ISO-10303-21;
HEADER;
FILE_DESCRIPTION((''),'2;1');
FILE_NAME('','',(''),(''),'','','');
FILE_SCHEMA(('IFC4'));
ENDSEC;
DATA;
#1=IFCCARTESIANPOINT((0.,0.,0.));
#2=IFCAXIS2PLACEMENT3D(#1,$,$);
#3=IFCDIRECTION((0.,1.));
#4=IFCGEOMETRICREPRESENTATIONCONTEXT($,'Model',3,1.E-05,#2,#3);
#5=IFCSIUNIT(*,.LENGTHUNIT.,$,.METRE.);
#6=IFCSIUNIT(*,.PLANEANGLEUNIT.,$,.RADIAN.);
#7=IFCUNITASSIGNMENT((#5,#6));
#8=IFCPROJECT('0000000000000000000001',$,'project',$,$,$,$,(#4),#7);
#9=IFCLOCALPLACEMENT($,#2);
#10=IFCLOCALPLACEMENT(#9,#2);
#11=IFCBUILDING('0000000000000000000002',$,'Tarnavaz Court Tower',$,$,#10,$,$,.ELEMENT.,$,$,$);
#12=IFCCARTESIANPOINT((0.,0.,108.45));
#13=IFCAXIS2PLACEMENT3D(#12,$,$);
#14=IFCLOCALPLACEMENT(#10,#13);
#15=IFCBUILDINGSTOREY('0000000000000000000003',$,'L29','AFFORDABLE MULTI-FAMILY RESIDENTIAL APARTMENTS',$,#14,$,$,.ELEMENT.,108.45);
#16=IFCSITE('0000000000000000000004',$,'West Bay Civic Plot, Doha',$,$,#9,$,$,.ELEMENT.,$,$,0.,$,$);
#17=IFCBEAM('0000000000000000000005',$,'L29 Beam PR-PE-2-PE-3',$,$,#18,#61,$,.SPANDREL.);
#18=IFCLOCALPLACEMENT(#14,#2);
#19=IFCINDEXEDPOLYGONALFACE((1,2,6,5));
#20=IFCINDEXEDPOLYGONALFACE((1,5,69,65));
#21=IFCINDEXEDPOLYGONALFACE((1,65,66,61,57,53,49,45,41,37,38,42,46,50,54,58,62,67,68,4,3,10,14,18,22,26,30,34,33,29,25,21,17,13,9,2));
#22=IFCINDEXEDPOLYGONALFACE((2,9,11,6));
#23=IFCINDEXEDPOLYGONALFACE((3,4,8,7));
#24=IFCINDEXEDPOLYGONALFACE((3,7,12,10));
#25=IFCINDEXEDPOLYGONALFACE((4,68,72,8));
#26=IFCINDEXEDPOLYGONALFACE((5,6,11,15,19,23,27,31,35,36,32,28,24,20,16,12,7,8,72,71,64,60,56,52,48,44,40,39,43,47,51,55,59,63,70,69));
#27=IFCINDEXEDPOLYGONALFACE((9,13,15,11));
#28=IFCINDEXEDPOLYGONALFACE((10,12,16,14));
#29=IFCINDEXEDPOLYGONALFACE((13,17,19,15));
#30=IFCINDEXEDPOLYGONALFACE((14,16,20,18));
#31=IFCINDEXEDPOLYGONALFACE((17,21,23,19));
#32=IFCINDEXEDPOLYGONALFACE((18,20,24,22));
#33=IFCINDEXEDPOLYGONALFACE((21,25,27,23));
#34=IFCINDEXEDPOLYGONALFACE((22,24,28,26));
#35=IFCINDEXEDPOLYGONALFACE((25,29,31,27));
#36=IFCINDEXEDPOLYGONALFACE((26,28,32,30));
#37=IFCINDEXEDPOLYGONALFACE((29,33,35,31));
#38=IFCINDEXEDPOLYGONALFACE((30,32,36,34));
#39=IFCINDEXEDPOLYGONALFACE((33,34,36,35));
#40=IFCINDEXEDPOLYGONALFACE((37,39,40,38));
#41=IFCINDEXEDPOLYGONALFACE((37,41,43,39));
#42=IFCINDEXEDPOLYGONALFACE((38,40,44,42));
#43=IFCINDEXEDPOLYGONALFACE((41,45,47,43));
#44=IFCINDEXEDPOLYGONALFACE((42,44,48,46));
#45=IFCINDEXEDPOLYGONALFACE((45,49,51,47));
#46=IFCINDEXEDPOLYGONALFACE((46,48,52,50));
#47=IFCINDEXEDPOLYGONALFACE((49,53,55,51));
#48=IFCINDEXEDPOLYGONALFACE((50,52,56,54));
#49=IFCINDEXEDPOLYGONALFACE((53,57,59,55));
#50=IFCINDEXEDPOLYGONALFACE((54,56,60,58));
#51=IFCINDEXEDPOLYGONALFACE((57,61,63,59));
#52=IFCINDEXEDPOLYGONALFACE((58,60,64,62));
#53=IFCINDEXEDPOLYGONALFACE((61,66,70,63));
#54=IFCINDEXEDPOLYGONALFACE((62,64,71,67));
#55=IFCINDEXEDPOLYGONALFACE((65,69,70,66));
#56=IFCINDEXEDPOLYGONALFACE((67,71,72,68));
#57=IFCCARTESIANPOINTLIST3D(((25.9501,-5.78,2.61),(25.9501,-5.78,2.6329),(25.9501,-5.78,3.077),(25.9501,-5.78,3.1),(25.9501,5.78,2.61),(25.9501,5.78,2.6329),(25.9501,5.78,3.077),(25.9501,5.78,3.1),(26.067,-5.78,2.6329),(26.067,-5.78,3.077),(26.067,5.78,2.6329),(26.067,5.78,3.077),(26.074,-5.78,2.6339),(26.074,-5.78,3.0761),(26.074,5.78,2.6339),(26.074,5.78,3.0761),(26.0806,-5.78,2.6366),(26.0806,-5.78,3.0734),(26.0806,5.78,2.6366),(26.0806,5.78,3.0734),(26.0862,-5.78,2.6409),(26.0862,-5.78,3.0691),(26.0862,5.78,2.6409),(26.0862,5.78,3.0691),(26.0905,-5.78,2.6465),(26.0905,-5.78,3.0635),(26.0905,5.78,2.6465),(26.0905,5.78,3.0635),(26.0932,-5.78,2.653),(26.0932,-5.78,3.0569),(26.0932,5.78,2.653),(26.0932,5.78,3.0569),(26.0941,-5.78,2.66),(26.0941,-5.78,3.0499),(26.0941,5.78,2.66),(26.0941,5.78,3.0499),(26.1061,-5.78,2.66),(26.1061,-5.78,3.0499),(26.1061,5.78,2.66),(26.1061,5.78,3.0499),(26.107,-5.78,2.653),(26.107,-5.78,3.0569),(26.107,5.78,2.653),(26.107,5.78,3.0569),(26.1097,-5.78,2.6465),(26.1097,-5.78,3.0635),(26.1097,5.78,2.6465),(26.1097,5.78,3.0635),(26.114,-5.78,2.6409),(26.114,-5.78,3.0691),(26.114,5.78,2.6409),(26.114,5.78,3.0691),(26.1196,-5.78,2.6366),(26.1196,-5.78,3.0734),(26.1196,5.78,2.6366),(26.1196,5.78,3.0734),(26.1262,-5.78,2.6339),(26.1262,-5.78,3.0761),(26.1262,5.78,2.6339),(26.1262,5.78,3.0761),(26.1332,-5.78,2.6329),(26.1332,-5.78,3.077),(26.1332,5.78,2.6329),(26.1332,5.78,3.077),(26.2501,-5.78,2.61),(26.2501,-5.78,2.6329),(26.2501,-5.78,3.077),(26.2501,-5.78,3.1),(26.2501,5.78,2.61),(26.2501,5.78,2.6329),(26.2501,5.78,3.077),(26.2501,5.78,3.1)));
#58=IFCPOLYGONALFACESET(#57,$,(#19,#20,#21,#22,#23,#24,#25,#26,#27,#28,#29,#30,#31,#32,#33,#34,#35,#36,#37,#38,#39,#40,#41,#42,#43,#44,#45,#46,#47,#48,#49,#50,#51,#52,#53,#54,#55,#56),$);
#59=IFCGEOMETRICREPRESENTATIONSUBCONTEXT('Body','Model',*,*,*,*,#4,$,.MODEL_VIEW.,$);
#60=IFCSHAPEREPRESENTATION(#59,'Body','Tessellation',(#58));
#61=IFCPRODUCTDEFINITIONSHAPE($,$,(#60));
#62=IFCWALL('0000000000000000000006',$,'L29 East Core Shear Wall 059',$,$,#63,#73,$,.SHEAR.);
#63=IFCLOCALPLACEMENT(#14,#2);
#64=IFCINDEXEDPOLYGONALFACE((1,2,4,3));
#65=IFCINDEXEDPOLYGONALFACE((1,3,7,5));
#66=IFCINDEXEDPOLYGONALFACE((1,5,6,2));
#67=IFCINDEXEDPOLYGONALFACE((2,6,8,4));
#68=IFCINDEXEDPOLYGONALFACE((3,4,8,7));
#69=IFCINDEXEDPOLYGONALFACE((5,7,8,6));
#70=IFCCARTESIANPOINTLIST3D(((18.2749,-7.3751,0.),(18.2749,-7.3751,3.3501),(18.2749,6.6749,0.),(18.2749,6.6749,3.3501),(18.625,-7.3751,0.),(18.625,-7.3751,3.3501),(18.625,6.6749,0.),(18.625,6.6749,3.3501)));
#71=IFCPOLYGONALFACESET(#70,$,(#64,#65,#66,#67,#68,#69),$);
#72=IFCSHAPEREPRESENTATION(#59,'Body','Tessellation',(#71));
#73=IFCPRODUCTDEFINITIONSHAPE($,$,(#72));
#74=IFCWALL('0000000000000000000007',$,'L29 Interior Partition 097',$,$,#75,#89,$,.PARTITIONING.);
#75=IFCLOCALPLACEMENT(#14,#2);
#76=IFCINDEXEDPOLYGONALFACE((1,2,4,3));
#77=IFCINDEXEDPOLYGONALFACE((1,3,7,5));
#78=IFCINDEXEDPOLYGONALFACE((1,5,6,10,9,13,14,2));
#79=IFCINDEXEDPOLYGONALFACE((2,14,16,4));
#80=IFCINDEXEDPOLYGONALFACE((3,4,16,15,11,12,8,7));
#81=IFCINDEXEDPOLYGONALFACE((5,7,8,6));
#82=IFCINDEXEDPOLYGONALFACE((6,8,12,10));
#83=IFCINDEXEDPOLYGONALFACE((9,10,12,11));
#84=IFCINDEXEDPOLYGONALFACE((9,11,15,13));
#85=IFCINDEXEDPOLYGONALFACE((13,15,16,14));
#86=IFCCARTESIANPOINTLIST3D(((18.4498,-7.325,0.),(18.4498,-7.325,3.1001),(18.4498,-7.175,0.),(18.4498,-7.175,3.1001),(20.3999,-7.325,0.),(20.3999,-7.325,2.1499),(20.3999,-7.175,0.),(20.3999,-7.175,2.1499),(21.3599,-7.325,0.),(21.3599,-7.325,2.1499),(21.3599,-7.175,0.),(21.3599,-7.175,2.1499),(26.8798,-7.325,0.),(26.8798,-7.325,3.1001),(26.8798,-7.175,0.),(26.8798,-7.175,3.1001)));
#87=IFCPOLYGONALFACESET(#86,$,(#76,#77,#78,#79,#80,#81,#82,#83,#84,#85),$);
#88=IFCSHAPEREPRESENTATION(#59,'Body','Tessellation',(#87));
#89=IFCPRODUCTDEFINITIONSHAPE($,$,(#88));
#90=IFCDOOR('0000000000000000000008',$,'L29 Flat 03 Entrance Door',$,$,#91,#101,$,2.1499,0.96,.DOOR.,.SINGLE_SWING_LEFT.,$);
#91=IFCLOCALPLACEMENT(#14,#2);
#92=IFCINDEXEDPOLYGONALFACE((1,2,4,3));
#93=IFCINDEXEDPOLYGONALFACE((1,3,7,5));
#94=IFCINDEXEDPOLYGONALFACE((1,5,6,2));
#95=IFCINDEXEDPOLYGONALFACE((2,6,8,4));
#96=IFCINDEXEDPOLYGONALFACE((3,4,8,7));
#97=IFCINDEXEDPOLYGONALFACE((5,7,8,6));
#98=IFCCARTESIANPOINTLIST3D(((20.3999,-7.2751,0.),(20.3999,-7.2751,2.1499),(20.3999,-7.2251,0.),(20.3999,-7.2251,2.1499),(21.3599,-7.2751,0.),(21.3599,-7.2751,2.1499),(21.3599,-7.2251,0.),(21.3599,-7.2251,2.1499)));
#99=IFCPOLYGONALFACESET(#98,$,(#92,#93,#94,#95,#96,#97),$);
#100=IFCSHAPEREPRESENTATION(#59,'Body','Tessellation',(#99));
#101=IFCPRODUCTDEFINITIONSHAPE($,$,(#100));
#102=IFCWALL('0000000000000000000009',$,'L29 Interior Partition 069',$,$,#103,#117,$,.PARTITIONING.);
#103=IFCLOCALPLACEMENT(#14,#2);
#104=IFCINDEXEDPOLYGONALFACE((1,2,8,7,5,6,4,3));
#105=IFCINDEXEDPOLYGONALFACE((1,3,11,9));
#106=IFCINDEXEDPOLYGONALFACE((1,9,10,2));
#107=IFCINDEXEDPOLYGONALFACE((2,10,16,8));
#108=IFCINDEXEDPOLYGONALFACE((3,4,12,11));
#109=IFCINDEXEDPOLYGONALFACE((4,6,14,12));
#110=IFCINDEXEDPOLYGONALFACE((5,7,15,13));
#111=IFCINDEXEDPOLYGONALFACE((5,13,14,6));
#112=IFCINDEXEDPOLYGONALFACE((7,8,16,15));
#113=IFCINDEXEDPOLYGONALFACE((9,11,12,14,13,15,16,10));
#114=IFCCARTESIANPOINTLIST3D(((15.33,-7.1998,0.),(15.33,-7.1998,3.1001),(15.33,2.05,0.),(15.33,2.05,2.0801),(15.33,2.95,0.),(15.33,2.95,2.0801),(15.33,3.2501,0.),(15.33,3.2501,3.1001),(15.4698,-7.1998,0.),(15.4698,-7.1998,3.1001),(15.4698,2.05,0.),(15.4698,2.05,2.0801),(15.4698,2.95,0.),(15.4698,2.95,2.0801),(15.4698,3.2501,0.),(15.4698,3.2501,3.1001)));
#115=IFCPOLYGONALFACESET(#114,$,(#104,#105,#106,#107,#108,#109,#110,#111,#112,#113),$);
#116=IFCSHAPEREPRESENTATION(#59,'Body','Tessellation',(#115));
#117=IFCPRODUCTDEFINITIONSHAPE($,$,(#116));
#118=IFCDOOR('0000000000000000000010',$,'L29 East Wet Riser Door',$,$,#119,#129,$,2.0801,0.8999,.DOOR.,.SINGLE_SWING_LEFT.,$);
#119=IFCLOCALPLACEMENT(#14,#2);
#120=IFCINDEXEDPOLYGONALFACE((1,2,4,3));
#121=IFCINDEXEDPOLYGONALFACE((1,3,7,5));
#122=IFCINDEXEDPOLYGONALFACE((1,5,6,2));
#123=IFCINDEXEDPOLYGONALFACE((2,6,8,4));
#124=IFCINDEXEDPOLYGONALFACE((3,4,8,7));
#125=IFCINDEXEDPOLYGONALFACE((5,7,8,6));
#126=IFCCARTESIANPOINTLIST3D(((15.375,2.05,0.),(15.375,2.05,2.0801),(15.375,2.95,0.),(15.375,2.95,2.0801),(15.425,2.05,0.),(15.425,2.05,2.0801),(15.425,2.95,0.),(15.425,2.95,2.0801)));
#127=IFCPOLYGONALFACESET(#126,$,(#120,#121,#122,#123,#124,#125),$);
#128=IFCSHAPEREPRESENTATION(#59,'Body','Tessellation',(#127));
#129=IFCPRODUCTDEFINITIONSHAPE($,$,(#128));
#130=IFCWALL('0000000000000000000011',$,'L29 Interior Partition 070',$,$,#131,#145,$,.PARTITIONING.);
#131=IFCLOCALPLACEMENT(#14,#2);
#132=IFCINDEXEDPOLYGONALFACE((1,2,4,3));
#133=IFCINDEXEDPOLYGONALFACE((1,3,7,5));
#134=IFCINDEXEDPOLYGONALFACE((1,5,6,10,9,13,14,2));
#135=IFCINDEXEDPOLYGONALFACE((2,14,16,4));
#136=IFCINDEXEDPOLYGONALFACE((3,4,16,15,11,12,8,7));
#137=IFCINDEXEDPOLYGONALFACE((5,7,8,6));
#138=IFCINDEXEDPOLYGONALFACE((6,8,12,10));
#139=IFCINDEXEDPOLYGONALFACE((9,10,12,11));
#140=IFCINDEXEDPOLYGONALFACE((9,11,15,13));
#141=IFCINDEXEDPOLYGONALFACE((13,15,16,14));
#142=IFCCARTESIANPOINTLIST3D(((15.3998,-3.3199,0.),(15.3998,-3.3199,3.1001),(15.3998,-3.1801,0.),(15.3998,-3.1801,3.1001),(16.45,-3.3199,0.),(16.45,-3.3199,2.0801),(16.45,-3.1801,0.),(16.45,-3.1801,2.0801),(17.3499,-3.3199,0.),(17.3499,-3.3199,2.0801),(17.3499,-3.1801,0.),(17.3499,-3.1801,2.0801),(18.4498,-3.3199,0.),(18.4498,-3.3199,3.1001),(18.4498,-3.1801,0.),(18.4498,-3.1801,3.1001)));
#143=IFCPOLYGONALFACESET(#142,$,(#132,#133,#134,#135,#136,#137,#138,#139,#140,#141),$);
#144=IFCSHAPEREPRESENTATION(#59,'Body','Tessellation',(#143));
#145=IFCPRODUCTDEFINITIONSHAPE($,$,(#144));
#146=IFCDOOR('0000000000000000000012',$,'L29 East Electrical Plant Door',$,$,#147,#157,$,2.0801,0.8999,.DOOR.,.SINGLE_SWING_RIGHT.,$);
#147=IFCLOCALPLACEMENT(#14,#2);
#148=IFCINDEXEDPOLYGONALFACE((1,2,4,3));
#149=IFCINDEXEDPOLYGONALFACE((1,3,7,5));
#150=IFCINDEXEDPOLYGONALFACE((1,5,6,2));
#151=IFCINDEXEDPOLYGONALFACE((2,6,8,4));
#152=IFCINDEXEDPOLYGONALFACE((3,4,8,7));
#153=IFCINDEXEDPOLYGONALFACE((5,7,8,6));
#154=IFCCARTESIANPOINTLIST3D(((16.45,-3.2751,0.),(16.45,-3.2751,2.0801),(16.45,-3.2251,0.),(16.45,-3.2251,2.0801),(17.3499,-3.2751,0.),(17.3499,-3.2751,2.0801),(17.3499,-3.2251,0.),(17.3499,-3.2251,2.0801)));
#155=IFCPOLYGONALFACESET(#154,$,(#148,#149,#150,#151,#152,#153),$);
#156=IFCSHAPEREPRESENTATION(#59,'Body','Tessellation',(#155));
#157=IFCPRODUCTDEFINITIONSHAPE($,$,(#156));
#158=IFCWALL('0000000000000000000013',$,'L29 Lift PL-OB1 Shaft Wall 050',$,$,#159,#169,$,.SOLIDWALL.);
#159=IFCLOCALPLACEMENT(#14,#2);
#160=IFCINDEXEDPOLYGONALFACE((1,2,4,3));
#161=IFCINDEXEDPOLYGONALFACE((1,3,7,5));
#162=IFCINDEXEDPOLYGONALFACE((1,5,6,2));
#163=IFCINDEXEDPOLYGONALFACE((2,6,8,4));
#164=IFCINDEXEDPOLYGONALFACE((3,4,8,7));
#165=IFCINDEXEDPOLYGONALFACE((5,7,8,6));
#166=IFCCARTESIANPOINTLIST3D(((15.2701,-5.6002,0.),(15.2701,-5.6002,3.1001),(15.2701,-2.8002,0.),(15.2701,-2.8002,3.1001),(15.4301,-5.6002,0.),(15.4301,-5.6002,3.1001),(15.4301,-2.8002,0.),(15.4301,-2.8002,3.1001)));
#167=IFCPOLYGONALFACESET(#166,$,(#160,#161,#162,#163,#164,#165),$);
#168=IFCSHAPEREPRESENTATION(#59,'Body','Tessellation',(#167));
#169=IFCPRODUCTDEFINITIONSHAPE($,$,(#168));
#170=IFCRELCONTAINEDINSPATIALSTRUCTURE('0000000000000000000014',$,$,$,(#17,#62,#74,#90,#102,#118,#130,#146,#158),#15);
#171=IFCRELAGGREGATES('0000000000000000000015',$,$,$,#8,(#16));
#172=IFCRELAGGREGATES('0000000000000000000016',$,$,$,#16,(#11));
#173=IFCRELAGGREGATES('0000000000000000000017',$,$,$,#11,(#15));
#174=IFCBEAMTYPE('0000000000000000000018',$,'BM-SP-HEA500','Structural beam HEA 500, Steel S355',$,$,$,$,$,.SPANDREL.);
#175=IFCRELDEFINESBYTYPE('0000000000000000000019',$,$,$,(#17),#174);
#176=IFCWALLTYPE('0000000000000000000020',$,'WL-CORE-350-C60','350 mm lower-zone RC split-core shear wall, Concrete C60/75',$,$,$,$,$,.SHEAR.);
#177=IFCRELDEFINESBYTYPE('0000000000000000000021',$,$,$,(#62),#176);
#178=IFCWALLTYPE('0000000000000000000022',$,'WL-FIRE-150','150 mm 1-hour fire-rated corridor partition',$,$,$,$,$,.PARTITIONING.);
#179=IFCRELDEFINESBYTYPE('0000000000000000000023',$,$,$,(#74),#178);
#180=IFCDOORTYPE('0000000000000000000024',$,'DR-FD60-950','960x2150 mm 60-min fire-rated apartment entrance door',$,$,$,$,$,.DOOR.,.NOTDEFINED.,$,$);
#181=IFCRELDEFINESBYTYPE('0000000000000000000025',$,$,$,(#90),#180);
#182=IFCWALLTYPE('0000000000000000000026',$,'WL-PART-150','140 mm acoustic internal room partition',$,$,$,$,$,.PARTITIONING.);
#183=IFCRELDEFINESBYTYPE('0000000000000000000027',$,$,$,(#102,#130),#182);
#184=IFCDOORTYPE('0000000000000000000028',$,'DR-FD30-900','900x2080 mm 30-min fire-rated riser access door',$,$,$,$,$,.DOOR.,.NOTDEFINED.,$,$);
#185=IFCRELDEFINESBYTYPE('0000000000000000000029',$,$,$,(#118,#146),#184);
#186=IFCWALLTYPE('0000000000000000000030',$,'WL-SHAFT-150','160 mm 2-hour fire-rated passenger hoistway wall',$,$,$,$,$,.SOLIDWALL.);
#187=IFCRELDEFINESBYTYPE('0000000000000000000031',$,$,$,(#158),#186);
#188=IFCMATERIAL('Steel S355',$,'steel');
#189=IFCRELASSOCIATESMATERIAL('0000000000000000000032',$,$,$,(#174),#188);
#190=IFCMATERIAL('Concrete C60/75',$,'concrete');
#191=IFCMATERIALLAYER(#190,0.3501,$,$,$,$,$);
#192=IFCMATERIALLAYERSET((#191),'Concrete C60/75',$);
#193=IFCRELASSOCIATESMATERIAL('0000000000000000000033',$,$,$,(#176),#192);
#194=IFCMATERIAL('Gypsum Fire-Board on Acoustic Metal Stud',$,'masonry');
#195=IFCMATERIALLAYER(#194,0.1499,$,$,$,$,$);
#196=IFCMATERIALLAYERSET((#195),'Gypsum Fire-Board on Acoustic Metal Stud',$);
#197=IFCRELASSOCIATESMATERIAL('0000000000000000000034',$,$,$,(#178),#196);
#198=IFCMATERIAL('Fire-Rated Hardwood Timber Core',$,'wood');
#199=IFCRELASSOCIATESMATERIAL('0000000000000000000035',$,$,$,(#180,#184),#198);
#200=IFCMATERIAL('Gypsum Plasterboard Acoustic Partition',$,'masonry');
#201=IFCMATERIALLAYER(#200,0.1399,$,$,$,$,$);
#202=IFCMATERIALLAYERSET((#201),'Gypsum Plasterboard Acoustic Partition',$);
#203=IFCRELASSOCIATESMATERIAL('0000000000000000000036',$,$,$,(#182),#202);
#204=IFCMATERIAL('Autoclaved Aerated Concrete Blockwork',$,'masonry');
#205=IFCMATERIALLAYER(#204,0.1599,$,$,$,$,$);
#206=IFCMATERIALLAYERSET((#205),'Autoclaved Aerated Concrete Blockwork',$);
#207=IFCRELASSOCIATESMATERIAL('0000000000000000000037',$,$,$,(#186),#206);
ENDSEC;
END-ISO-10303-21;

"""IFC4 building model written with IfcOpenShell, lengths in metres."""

from ifc_helpers import new_model, si_unit, direction, frame, frame_2d, origin, origin_2d, place, context, subcontext, project, spatial, rectangle, i_section, extrude, material, layer, layer_set, material_profile, profile_set, type_object, element, fill, save


model = new_model("IFC4")

# Units and contexts
model_context = context("Model", 3, precision=1e-05, world=origin(), true_north=direction((0.0, 1.0)))
body_context = subcontext(model_context, "Body", "Model", "MODEL_VIEW")
ifc_project = project(units=[si_unit("LENGTHUNIT", "METRE"), si_unit("PLANEANGLEUNIT", "RADIAN")], contexts=[model_context])

# Site, building, storey
site_placement = place(None, origin())
site = spatial("IfcSite", under=ifc_project, at=site_placement, Name="West Bay Civic Plot, Doha", CompositionType="ELEMENT", RefElevation=0.0)
building_placement = place(site_placement, origin())
building = spatial("IfcBuilding", under=site, at=building_placement, Name="Tarnavaz Court Tower", CompositionType="ELEMENT")
storey_placement = place(building_placement, frame((0.0, 0.0, 108.45)))
storey = spatial("IfcBuildingStorey", under=building, at=storey_placement, Name="L29", Description="AFFORDABLE MULTI-FAMILY RESIDENTIAL APARTMENTS", CompositionType="ELEMENT", Elevation=108.45)

# Shared definitions
ifc_material_1 = material(Name="Concrete C60/75", Category="concrete")

# Beam
ifc_material_2 = material(Name="Steel S355", Category="steel")
ifc_material_profile_1 = material_profile(ifc_material_2, i_section(OverallWidth=0.3, OverallDepth=0.49, WebThickness=0.012, FlangeThickness=0.0229, FilletRadius=0.0271, at=origin_2d()), Name="HEA 500")
ifc_profile_set_1 = profile_set([ifc_material_profile_1], Name="Steel S355")
beam_type_1 = type_object("IfcBeamType", Name="BM-SP-HEA500", Description="Structural beam HEA 500, Steel S355", PredefinedType="SPANDREL", material=ifc_profile_set_1)
beam_1_placement = place(storey_placement, frame((26.1001, -5.78, 2.855), z_axis=(0.0, 1.0, 0.0), x_axis=(-1.0, 0.0, 0.0)))
element("IfcBeam", 1, at=beam_1_placement, inside=storey, type_object=beam_type_1, Name="L29 Beam PR-PE-2-PE-3", PredefinedType="SPANDREL", context=body_context, shape_type="SweptSolid", body=[
    extrude(i_section(OverallWidth=0.3, OverallDepth=0.49, WebThickness=0.012, FlangeThickness=0.0229, FilletRadius=0.0271, at=origin_2d()), origin(), (0.0, 0.0, 1.0), 11.5601),
])

# Wall
ifc_layer_1 = layer(ifc_material_1, 0.3501)
ifc_layer_set_1 = layer_set([ifc_layer_1], Name="Concrete C60/75")
wall_type_1 = type_object("IfcWallType", Name="WL-CORE-350-C60", Description="350 mm lower-zone RC split-core shear wall, Concrete C60/75", PredefinedType="SHEAR", material=ifc_layer_set_1)
wall_1_placement = place(storey_placement, frame((18.45, -7.375, 0.0), z_axis=(0.0, 0.0, 1.0), x_axis=(0.0, 1.0, 0.0)))
element("IfcWall", 2, at=wall_1_placement, inside=storey, type_object=wall_type_1, Name="L29 East Core Shear Wall 059", PredefinedType="SHEAR", context=body_context, shape_type="SweptSolid", body=[
    extrude(rectangle(XDim=14.05, YDim=0.3501, at=frame_2d((7.0249, 0.0))), origin(), (0.0, 0.0, 1.0), 3.3501),
])

# Walls, openings, doors
ifc_material_3 = material(Name="Gypsum Fire-Board on Acoustic Metal Stud", Category="masonry")
ifc_layer_2 = layer(ifc_material_3, 0.1499)
ifc_layer_set_2 = layer_set([ifc_layer_2], Name="Gypsum Fire-Board on Acoustic Metal Stud")
wall_type_2 = type_object("IfcWallType", Name="WL-FIRE-150", Description="150 mm 1-hour fire-rated corridor partition", PredefinedType="PARTITIONING", material=ifc_layer_set_2)
wall_2_placement = place(storey_placement, frame((18.45, -7.25, 0.0), z_axis=(0.0, 0.0, 1.0), x_axis=(1.0, 0.0, 0.0)))
wall_2 = element("IfcWall", 3, at=wall_2_placement, inside=storey, type_object=wall_type_2, Name="L29 Interior Partition 097", PredefinedType="PARTITIONING", context=body_context, shape_type="SweptSolid", body=[
    extrude(rectangle(XDim=8.4299, YDim=0.1499, at=frame_2d((4.2148, 0.0))), origin(), (0.0, 0.0, 1.0), 3.1001),
])
opening_1_placement = place(wall_2_placement, frame((1.95, 0.0, 0.0)))
opening_1 = element("IfcOpeningElement", 4, at=opening_1_placement, cuts=wall_2, PredefinedType="OPENING", context=body_context, shape_type="SweptSolid", body=[
    extrude(rectangle(XDim=0.96, YDim=2.1499, at=frame_2d((0.48, 1.075))), frame((0.0, 0.085, 0.0), z_axis=(0.0, -1.0, 0.0), x_axis=(1.0, 0.0, 0.0)), (0.0, 0.0, 1.0), 0.1699),
])
ifc_material_4 = material(Name="Fire-Rated Hardwood Timber Core", Category="wood")
door_type_1 = type_object("IfcDoorType", Name="DR-FD60-950", Description="960x2150 mm 60-min fire-rated apartment entrance door", OperationType="NOTDEFINED", PredefinedType="DOOR", material=ifc_material_4)
door_1_placement = place(opening_1_placement, origin())
door_1 = element("IfcDoor", 5, at=door_1_placement, inside=storey, type_object=door_type_1, Name="L29 Flat 03 Entrance Door", OperationType="SINGLE_SWING_LEFT", OverallHeight=2.1499, OverallWidth=0.96, PredefinedType="DOOR", context=body_context, shape_type="SweptSolid", body=[
    extrude(rectangle(XDim=0.96, YDim=2.1499, at=frame_2d((0.48, 1.075))), frame((0.0, 0.0249, 0.0), z_axis=(0.0, -1.0, 0.0), x_axis=(1.0, 0.0, 0.0)), (0.0, 0.0, 1.0), 0.05),
])
fill(opening_1, door_1)
ifc_material_5 = material(Name="Gypsum Plasterboard Acoustic Partition", Category="masonry")
ifc_layer_3 = layer(ifc_material_5, 0.1399)
ifc_layer_set_3 = layer_set([ifc_layer_3], Name="Gypsum Plasterboard Acoustic Partition")
wall_type_3 = type_object("IfcWallType", Name="WL-PART-150", Description="140 mm acoustic internal room partition", PredefinedType="PARTITIONING", material=ifc_layer_set_3)
wall_3_placement = place(storey_placement, frame((15.3999, -7.2, 0.0), z_axis=(0.0, 0.0, 1.0), x_axis=(0.0, 1.0, 0.0)))
wall_3 = element("IfcWall", 6, at=wall_3_placement, inside=storey, type_object=wall_type_3, Name="L29 Interior Partition 069", PredefinedType="PARTITIONING", context=body_context, shape_type="SweptSolid", body=[
    extrude(rectangle(XDim=10.45, YDim=0.1399, at=frame_2d((5.2251, 0.0))), origin(), (0.0, 0.0, 1.0), 3.1001),
])
opening_2_placement = place(wall_3_placement, frame((9.25, 0.0, 0.0)))
opening_2 = element("IfcOpeningElement", 7, at=opening_2_placement, cuts=wall_3, PredefinedType="OPENING", context=body_context, shape_type="SweptSolid", body=[
    extrude(rectangle(XDim=0.8999, YDim=2.0801, at=frame_2d((0.45, 1.04))), frame((0.0, 0.0798, 0.0), z_axis=(0.0, -1.0, 0.0), x_axis=(1.0, 0.0, 0.0)), (0.0, 0.0, 1.0), 0.1599),
])
door_type_2 = type_object("IfcDoorType", Name="DR-FD30-900", Description="900x2080 mm 30-min fire-rated riser access door", OperationType="NOTDEFINED", PredefinedType="DOOR", material=ifc_material_4)
door_2_placement = place(opening_2_placement, origin())
door_2 = element("IfcDoor", 8, at=door_2_placement, inside=storey, type_object=door_type_2, Name="L29 East Wet Riser Door", OperationType="SINGLE_SWING_LEFT", OverallHeight=2.0801, OverallWidth=0.8999, PredefinedType="DOOR", context=body_context, shape_type="SweptSolid", body=[
    extrude(rectangle(XDim=0.8999, YDim=2.0801, at=frame_2d((0.45, 1.04))), frame((0.0, 0.0249, 0.0), z_axis=(0.0, -1.0, 0.0), x_axis=(1.0, 0.0, 0.0)), (0.0, 0.0, 1.0), 0.05),
])
fill(opening_2, door_2)
wall_4_placement = place(storey_placement, frame((15.3999, -3.25, 0.0), z_axis=(0.0, 0.0, 1.0), x_axis=(1.0, 0.0, 0.0)))
wall_4 = element("IfcWall", 9, at=wall_4_placement, inside=storey, type_object=wall_type_3, Name="L29 Interior Partition 070", PredefinedType="PARTITIONING", context=body_context, shape_type="SweptSolid", body=[
    extrude(rectangle(XDim=3.05, YDim=0.1399, at=frame_2d((1.5249, 0.0))), origin(), (0.0, 0.0, 1.0), 3.1001),
])
opening_3_placement = place(wall_4_placement, frame((1.05, 0.0, 0.0)))
opening_3 = element("IfcOpeningElement", 10, at=opening_3_placement, cuts=wall_4, PredefinedType="OPENING", context=body_context, shape_type="SweptSolid", body=[
    extrude(rectangle(XDim=0.8999, YDim=2.0801, at=frame_2d((0.45, 1.04))), frame((0.0, 0.0798, 0.0), z_axis=(0.0, -1.0, 0.0), x_axis=(1.0, 0.0, 0.0)), (0.0, 0.0, 1.0), 0.1599),
])
door_3_placement = place(opening_3_placement, origin())
door_3 = element("IfcDoor", 11, at=door_3_placement, inside=storey, type_object=door_type_2, Name="L29 East Electrical Plant Door", OperationType="SINGLE_SWING_RIGHT", OverallHeight=2.0801, OverallWidth=0.8999, PredefinedType="DOOR", context=body_context, shape_type="SweptSolid", body=[
    extrude(rectangle(XDim=0.8999, YDim=2.0801, at=frame_2d((0.45, 1.04))), frame((0.0, 0.0249, 0.0), z_axis=(0.0, -1.0, 0.0), x_axis=(1.0, 0.0, 0.0)), (0.0, 0.0, 1.0), 0.05),
])
fill(opening_3, door_3)

# Wall
ifc_material_6 = material(Name="Autoclaved Aerated Concrete Blockwork", Category="masonry")
ifc_layer_4 = layer(ifc_material_6, 0.1599)
ifc_layer_set_4 = layer_set([ifc_layer_4], Name="Autoclaved Aerated Concrete Blockwork")
wall_type_4 = type_object("IfcWallType", Name="WL-SHAFT-150", Description="160 mm 2-hour fire-rated passenger hoistway wall", PredefinedType="SOLIDWALL", material=ifc_layer_set_4)
wall_5_placement = place(storey_placement, frame((15.3501, -5.6001, 0.0), z_axis=(0.0, 0.0, 1.0), x_axis=(0.0, 1.0, 0.0)))
element("IfcWall", 12, at=wall_5_placement, inside=storey, type_object=wall_type_4, Name="L29 Lift PL-OB1 Shaft Wall 050", PredefinedType="SOLIDWALL", context=body_context, shape_type="SweptSolid", body=[
    extrude(rectangle(XDim=2.8, YDim=0.1599, at=frame_2d((1.3999, 0.0))), origin(), (0.0, 0.0, 1.0), 3.1001),
])

save(model, "model.ifc")
